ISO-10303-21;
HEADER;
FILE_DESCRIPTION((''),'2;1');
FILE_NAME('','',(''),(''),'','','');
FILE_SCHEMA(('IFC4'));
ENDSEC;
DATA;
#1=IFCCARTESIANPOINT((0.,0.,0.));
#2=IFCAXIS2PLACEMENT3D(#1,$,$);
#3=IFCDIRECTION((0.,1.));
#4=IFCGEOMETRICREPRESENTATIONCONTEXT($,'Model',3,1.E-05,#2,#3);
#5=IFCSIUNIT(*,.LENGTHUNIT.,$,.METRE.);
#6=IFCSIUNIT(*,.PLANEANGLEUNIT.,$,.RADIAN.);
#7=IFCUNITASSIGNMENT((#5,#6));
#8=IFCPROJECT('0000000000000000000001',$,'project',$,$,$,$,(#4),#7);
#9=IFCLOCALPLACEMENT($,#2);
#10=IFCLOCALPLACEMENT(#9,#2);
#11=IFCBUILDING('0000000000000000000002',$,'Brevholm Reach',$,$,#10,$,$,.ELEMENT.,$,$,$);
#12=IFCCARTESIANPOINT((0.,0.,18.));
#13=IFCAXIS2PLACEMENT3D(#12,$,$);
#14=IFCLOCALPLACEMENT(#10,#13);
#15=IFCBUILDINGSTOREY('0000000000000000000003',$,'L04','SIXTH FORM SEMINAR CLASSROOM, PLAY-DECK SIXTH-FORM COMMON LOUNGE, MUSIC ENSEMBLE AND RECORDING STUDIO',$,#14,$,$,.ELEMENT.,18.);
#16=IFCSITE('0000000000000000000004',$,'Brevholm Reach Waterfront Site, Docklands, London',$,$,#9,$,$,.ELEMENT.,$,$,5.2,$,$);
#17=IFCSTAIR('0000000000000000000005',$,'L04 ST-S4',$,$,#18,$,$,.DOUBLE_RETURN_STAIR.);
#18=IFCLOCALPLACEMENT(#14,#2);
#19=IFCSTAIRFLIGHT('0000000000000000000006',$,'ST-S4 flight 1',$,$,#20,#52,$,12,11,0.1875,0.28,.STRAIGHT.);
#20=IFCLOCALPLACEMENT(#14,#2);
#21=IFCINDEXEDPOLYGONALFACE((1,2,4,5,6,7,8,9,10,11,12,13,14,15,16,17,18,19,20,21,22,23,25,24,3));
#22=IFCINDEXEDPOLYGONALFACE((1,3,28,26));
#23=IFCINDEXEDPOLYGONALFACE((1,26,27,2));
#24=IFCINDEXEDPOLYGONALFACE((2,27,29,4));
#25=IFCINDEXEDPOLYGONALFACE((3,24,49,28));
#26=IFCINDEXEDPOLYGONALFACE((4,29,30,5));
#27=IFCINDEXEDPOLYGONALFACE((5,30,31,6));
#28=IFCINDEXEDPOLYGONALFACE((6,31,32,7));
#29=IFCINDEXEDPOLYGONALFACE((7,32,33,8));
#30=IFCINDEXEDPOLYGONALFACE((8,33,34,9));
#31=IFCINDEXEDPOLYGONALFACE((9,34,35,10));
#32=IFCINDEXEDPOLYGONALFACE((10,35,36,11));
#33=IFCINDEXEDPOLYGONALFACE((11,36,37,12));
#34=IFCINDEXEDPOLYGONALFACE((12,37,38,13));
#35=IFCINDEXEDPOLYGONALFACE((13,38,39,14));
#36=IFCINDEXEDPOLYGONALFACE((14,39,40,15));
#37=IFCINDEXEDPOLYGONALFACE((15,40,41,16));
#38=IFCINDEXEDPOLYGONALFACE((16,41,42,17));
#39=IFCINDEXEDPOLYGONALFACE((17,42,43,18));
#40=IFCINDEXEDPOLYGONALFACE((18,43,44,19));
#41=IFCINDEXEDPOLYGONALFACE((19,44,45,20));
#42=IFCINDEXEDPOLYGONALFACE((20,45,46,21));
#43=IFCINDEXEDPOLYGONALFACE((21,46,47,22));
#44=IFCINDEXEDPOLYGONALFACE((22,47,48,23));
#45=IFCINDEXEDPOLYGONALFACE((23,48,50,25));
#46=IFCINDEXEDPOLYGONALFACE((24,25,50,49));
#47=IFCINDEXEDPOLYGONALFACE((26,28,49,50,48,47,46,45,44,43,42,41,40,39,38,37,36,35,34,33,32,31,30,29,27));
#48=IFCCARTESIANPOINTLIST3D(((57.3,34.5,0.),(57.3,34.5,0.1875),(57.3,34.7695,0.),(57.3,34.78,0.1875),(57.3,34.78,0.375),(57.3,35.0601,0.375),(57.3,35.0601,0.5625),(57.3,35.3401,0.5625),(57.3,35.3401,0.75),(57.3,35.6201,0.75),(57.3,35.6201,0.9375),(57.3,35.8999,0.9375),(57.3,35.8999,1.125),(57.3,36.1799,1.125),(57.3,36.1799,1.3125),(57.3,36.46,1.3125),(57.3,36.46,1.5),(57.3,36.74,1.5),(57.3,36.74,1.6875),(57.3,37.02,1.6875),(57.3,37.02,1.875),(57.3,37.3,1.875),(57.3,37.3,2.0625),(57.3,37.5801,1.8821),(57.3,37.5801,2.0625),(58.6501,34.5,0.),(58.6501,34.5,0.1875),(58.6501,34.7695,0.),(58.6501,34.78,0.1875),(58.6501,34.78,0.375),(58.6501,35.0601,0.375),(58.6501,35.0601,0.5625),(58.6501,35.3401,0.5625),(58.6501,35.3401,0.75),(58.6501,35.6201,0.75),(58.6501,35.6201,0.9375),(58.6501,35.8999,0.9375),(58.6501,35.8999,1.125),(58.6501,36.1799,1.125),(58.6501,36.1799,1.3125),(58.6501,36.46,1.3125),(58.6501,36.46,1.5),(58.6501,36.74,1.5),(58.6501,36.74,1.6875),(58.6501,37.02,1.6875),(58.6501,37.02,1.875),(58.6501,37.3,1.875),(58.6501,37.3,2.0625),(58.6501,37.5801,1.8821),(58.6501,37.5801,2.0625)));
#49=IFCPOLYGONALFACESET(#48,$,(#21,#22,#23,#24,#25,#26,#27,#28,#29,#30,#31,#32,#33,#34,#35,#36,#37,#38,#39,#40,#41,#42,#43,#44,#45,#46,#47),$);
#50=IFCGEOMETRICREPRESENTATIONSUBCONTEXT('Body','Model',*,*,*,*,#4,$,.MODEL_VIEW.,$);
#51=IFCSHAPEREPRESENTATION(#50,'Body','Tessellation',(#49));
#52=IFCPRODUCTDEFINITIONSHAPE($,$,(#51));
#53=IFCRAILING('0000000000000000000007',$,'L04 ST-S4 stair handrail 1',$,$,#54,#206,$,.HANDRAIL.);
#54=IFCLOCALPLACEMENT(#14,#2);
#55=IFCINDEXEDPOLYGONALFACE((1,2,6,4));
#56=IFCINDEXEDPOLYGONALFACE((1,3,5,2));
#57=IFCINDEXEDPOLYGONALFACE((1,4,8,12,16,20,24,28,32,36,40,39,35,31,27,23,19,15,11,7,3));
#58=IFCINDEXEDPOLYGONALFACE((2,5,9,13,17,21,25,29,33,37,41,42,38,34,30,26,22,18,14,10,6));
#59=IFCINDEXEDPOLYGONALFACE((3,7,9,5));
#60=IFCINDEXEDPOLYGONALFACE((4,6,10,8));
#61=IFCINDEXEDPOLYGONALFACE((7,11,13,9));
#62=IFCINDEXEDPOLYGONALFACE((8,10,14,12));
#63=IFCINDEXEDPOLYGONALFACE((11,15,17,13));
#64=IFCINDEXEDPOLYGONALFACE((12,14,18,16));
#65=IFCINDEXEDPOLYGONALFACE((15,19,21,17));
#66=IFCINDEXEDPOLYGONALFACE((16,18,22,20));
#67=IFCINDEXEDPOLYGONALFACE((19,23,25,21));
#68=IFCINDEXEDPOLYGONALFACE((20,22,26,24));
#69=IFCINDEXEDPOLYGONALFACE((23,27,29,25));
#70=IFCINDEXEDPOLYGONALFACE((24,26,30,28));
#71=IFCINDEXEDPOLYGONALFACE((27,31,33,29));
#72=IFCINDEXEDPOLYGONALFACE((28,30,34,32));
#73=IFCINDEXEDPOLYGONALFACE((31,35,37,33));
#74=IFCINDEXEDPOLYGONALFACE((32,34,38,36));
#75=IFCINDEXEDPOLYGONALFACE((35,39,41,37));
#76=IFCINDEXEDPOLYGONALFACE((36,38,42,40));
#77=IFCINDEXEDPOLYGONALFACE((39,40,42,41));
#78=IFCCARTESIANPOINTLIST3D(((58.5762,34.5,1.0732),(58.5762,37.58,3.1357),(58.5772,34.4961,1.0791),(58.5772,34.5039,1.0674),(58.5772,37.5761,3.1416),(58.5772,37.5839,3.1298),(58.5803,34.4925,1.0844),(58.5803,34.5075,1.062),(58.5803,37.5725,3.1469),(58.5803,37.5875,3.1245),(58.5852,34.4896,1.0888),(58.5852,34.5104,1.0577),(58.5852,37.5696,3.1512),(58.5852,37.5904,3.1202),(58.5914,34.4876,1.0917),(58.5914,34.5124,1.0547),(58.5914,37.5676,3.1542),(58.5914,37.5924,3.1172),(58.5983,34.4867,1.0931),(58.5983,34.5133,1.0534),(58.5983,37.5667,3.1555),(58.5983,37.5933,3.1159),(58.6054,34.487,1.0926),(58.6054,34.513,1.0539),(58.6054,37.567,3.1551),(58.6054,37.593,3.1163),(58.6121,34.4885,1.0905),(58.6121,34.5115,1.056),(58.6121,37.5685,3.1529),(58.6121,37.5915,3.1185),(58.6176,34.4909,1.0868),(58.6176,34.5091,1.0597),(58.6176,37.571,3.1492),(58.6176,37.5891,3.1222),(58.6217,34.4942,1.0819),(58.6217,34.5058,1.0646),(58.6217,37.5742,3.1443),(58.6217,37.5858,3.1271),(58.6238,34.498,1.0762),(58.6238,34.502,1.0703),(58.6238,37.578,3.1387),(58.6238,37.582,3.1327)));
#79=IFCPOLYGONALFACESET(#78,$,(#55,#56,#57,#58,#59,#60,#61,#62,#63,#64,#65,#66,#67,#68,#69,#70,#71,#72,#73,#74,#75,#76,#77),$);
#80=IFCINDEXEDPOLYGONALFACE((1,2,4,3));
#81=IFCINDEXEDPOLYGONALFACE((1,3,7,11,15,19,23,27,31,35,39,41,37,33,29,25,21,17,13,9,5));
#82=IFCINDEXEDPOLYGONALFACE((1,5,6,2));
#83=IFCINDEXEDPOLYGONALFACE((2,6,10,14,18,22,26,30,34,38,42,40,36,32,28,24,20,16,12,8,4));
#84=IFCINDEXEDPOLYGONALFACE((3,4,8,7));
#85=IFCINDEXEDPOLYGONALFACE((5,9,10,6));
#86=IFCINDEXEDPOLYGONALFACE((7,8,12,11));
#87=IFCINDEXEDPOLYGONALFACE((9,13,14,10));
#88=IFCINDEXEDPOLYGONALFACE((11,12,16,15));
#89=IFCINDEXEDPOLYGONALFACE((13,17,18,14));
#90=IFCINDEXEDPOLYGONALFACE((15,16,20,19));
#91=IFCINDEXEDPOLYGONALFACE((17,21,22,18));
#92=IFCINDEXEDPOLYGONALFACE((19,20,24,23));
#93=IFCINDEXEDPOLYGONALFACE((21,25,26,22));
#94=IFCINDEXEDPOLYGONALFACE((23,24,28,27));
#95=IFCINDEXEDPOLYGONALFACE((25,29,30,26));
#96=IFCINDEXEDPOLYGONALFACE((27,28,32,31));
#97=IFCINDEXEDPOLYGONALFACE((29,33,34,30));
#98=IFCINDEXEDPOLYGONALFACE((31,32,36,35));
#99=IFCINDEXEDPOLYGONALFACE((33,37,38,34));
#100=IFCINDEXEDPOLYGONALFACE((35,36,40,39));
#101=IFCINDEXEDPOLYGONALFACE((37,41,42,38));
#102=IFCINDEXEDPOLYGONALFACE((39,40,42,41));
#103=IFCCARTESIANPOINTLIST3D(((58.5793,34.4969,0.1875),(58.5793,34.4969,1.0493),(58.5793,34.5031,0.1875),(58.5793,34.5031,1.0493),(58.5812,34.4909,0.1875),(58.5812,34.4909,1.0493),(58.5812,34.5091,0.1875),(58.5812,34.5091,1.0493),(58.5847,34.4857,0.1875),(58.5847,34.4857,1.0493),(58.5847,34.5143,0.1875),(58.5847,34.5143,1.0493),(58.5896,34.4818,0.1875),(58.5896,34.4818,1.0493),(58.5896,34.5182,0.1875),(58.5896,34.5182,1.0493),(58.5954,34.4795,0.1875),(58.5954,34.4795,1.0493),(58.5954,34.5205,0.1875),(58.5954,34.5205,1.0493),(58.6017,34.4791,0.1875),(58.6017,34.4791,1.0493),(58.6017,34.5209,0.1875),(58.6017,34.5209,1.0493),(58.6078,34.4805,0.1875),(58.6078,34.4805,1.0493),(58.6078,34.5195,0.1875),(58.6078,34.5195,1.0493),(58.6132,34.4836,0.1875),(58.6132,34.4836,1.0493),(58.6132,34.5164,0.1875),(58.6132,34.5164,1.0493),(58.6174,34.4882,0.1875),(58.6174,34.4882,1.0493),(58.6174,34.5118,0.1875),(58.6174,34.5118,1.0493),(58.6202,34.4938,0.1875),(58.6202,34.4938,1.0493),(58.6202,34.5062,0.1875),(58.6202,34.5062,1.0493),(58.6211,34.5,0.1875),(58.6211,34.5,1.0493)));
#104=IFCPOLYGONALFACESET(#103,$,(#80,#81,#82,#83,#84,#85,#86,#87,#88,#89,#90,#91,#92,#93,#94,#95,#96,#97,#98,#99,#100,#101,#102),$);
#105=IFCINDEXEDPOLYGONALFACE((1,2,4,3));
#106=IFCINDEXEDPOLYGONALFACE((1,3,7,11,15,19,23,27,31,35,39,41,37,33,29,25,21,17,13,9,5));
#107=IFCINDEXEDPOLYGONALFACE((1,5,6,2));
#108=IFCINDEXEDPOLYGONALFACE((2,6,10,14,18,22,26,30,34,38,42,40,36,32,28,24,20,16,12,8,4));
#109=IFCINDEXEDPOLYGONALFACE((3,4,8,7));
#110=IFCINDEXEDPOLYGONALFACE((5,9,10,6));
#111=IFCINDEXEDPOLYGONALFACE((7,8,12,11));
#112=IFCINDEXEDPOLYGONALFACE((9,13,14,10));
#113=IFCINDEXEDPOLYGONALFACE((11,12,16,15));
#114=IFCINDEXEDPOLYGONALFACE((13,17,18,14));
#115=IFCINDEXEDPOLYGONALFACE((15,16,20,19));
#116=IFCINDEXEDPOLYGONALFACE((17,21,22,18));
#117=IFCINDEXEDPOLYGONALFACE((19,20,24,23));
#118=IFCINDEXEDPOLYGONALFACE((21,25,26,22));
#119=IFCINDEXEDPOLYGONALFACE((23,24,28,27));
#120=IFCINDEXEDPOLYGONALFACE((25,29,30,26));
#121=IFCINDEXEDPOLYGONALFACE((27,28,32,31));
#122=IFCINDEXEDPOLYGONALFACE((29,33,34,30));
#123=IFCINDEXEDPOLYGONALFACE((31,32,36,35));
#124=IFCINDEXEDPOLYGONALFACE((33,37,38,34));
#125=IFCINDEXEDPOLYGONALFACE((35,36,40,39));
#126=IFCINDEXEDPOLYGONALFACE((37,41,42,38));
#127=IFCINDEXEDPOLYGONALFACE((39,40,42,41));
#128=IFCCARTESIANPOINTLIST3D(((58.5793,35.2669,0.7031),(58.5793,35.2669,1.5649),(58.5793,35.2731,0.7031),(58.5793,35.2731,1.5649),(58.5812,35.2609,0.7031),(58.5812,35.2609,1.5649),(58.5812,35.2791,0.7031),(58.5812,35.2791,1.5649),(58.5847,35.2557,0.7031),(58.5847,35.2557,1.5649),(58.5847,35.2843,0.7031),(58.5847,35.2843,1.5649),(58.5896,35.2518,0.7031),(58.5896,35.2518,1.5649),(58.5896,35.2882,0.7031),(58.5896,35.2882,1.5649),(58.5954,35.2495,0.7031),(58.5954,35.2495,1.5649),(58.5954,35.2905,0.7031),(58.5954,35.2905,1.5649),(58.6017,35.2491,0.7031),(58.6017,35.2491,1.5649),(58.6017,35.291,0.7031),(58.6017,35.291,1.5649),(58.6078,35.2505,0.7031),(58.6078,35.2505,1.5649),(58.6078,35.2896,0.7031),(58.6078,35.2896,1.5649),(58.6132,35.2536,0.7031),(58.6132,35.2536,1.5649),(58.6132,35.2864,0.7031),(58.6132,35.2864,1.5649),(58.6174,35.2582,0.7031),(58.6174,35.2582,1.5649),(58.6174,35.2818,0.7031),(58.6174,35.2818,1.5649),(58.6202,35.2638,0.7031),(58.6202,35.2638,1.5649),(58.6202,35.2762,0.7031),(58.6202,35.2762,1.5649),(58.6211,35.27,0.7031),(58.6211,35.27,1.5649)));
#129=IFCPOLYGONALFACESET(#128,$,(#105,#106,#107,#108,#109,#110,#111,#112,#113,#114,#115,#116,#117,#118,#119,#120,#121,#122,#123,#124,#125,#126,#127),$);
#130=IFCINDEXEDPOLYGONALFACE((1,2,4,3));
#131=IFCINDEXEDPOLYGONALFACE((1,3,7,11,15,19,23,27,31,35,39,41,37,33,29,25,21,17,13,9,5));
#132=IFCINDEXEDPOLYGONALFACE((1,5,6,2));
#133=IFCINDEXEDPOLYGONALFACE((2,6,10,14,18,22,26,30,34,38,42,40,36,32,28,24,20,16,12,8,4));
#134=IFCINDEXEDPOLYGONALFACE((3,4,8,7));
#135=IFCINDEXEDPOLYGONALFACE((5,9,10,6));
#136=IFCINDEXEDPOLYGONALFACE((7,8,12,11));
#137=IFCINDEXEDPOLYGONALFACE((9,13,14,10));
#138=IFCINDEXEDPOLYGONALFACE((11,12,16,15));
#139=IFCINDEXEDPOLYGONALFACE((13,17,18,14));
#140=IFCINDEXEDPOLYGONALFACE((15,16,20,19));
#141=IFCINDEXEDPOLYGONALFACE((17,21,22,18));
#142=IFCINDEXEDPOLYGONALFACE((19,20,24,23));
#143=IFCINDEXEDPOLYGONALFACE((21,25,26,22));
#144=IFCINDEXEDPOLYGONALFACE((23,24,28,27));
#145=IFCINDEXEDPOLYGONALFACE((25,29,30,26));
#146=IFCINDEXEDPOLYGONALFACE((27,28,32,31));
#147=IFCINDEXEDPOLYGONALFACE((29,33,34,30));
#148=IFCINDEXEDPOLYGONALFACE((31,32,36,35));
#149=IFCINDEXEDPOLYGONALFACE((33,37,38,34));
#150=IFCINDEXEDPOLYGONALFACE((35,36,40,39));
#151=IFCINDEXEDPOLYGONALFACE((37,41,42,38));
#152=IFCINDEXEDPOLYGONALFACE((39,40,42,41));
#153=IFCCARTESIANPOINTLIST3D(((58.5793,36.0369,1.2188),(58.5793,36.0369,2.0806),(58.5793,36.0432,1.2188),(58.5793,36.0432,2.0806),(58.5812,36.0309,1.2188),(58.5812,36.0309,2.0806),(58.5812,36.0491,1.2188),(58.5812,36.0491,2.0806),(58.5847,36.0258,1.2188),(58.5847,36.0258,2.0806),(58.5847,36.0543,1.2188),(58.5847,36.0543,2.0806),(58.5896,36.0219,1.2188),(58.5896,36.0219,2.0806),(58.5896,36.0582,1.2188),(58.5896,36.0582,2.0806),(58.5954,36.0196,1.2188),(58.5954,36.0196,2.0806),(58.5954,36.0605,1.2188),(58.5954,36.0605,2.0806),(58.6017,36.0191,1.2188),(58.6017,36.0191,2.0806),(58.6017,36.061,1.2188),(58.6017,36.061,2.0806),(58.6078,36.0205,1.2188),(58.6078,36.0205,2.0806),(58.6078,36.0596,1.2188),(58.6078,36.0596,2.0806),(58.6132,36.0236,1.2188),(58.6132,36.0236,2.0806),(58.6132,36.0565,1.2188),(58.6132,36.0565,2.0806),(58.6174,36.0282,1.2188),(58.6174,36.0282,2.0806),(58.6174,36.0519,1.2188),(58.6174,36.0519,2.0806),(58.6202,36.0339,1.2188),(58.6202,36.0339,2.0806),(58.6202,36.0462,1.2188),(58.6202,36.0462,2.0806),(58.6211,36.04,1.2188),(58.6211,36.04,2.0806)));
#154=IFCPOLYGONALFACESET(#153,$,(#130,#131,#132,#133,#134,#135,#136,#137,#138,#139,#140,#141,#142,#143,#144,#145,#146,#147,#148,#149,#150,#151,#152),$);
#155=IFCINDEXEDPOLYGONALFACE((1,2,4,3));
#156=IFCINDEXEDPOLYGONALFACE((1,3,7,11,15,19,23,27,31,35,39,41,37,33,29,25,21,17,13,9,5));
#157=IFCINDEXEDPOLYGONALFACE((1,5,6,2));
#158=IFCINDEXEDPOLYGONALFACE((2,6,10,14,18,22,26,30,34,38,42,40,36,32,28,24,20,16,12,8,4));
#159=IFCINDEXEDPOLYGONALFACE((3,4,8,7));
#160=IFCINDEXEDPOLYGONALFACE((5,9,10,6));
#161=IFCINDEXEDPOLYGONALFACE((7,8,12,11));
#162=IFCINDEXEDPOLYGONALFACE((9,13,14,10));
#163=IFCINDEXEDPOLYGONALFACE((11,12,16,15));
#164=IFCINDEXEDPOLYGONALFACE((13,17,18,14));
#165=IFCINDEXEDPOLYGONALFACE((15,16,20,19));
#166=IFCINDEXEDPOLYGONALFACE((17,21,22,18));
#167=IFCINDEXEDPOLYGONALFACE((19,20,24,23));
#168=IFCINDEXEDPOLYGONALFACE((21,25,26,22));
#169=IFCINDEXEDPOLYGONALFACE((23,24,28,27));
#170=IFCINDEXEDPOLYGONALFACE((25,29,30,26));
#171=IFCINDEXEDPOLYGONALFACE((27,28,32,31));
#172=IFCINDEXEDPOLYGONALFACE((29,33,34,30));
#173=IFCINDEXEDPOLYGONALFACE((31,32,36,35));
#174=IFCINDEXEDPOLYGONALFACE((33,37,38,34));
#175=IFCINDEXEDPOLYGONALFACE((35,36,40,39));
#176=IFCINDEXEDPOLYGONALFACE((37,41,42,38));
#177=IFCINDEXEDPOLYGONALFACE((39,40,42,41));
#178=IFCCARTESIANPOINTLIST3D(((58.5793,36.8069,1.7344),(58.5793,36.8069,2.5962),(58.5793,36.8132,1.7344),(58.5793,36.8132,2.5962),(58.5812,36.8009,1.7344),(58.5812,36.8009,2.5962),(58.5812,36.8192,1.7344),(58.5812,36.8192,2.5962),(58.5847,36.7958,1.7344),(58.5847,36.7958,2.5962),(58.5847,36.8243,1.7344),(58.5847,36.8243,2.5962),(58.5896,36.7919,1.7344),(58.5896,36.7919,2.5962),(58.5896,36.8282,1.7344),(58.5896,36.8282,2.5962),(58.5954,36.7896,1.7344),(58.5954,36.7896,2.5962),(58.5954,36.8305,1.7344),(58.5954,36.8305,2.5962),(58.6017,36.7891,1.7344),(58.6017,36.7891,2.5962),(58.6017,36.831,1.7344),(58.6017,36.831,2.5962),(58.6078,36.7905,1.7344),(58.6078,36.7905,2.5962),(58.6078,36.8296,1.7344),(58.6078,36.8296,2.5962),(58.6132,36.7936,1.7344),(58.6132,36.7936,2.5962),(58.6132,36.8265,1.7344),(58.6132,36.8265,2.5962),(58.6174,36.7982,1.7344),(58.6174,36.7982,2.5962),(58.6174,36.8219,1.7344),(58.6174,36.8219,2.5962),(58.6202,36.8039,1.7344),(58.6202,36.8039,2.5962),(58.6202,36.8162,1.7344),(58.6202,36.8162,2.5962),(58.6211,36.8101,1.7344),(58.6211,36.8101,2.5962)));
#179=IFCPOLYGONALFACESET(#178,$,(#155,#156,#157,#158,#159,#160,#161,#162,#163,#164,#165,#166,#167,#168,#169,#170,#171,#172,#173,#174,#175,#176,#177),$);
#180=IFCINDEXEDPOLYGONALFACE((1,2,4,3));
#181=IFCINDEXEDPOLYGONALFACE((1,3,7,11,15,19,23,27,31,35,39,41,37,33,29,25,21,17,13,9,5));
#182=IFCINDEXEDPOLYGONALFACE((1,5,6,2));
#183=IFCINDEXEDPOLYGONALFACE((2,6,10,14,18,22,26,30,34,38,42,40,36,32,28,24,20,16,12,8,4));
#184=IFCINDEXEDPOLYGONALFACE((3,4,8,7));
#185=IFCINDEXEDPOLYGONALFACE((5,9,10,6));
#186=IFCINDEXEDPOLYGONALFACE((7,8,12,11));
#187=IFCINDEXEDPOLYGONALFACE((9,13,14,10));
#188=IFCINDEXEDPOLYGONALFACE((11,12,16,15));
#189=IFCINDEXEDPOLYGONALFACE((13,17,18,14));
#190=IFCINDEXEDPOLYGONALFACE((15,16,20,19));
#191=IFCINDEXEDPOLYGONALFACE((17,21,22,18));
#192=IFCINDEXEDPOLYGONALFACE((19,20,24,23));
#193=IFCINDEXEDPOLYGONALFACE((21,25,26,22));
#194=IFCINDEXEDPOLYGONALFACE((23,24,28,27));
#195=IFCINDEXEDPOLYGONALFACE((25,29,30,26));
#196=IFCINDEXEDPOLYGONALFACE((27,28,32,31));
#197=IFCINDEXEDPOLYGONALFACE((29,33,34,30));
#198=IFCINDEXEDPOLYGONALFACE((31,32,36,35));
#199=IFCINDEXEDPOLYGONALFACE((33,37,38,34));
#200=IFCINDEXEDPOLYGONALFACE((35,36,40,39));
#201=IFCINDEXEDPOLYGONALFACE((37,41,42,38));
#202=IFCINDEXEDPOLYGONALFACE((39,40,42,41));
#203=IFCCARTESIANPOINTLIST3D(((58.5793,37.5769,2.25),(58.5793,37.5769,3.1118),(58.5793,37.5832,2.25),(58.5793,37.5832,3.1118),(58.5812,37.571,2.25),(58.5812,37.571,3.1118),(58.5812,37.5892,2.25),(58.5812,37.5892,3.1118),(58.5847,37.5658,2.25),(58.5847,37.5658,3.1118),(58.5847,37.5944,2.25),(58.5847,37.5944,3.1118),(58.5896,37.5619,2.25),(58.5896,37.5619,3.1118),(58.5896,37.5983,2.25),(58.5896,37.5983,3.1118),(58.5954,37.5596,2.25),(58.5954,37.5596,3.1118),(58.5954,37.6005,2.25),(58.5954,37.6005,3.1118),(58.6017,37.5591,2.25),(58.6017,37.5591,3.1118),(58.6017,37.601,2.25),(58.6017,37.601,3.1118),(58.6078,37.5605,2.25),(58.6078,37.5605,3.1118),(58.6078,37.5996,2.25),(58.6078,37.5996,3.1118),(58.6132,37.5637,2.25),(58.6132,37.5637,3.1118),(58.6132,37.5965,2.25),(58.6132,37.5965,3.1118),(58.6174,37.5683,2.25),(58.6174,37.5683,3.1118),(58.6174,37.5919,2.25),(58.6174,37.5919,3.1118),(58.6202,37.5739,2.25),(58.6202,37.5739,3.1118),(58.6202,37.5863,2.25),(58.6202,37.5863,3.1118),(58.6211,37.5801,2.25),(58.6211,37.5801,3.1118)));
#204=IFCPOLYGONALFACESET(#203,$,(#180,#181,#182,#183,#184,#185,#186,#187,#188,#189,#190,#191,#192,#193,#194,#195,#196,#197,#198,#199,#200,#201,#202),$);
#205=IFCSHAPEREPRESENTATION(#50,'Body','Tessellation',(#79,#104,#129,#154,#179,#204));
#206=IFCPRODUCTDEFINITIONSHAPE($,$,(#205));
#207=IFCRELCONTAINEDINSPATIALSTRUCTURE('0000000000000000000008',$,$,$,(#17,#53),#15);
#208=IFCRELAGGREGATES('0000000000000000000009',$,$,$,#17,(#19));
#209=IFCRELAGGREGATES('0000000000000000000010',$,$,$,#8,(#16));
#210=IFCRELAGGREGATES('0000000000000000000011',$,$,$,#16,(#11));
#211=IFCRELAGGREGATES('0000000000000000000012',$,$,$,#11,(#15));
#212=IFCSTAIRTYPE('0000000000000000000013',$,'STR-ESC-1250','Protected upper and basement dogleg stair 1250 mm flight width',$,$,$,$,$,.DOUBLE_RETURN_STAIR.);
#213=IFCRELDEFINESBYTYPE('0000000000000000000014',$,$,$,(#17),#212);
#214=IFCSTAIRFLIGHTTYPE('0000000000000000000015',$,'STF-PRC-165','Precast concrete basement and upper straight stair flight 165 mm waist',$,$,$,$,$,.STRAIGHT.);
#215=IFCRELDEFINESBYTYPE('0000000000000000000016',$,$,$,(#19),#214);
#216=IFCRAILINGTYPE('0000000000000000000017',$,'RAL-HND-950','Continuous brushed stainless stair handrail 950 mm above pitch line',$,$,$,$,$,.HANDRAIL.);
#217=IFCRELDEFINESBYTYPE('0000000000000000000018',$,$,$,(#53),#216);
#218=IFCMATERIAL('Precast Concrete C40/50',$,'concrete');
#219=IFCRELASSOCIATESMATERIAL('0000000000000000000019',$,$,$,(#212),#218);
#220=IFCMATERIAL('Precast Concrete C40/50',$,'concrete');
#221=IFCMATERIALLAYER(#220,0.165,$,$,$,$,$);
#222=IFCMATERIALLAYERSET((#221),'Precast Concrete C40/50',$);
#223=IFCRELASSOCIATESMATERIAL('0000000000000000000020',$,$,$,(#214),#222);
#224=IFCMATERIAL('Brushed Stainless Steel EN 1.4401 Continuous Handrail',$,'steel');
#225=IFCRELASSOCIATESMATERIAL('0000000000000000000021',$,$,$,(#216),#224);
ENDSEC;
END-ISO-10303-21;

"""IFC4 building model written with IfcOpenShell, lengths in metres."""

from ifc_helpers import new_model, si_unit, direction, frame, origin, origin_2d, place, context, subcontext, project, spatial, polyline, circle, outline, extrude, material, layer, layer_set, type_object, element, aggregate, save


model = new_model("IFC4")

# Units and contexts
model_context = context("Model", 3, precision=1e-05, world=origin(), true_north=direction((0.0, 1.0)))
body_context = subcontext(model_context, "Body", "Model", "MODEL_VIEW")
ifc_project = project(units=[si_unit("LENGTHUNIT", "METRE"), si_unit("PLANEANGLEUNIT", "RADIAN")], contexts=[model_context])

# Site, building, storey
site_placement = place(None, origin())
site = spatial("IfcSite", under=ifc_project, at=site_placement, Name="Brevholm Reach Waterfront Site, Docklands, London", CompositionType="ELEMENT", RefElevation=5.2)
building_placement = place(site_placement, origin())
building = spatial("IfcBuilding", under=site, at=building_placement, Name="Brevholm Reach", CompositionType="ELEMENT")
storey_placement = place(building_placement, frame((0.0, 0.0, 18.0)))
storey = spatial("IfcBuildingStorey", under=building, at=storey_placement, Name="L04", Description="SIXTH FORM SEMINAR CLASSROOM, PLAY-DECK SIXTH-FORM COMMON LOUNGE, MUSIC ENSEMBLE AND RECORDING STUDIO", CompositionType="ELEMENT", Elevation=18.0)

# Stair, stair flight
ifc_material_1 = material(Name="Precast Concrete C40/50", Category="concrete")
stair_type = type_object("IfcStairType", Name="STR-ESC-1250", Description="Protected upper and basement dogleg stair 1250 mm flight width", PredefinedType="DOUBLE_RETURN_STAIR", material=ifc_material_1)
stair_placement = place(storey_placement, origin())
stair = element("IfcStair", 1, at=stair_placement, inside=storey, type_object=stair_type, Name="L04 ST-S4", PredefinedType="DOUBLE_RETURN_STAIR")
ifc_material_2 = material(Name="Precast Concrete C40/50", Category="concrete")
ifc_layer_1 = layer(ifc_material_2, 0.165)
ifc_layer_set_1 = layer_set([ifc_layer_1], Name="Precast Concrete C40/50")
stair_flight_type = type_object("IfcStairFlightType", Name="STF-PRC-165", Description="Precast concrete basement and upper straight stair flight 165 mm waist", PredefinedType="STRAIGHT", material=ifc_layer_set_1)
stair_flight_placement = place(storey_placement, frame((57.9751, 34.5, 0.0), z_axis=(0.0, 0.0, 1.0), x_axis=(0.0, 1.0, 0.0)))
stair_flight = element("IfcStairFlight", 2, at=stair_flight_placement, type_object=stair_flight_type, Name="ST-S4 flight 1", NumberOfRisers=12, NumberOfTreads=11, PredefinedType="STRAIGHT", RiserHeight=0.1875, TreadLength=0.28, context=body_context, shape_type="SweptSolid", body=[
    extrude(outline(polyline([(0.0, 0.0), (0.0, 0.1875), (0.28, 0.1875), (0.28, 0.375), (0.5601, 0.375), (0.5601, 0.5625), (0.8401, 0.5625), (0.8401, 0.75), (1.1201, 0.75), (1.1201, 0.9375), (1.3999, 0.9375), (1.3999, 1.125), (1.6799, 1.125), (1.6799, 1.3125), (1.96, 1.3125), (1.96, 1.5), (2.24, 1.5), (2.24, 1.6875), (2.52, 1.6875), (2.52, 1.875), (2.8, 1.875), (2.8, 2.0625), (3.0801, 2.0625), (3.0801, 2.25), (3.0801, 1.8821), (0.2695, 0.0), (0.0, 0.0)])), frame((0.0, 0.675, 0.0), z_axis=(0.0, -1.0, 0.0), x_axis=(1.0, 0.0, 0.0)), (0.0, 0.0, 1.0), 1.3501),
])
aggregate(stair, [stair_flight])

# Railing
ifc_material_3 = material(Name="Brushed Stainless Steel EN 1.4401 Continuous Handrail", Category="steel")
railing_type_1 = type_object("IfcRailingType", Name="RAL-HND-950", Description="Continuous brushed stainless stair handrail 950 mm above pitch line", PredefinedType="HANDRAIL", material=ifc_material_3)
railing_1_placement = place(storey_placement, frame((58.6001, 34.5, 0.1875)))
element("IfcRailing", 3, at=railing_1_placement, inside=storey, type_object=railing_type_1, Name="L04 ST-S4 stair handrail 1", PredefinedType="HANDRAIL", context=body_context, shape_type="SweptSolid", body=[
    extrude(circle(Radius=0.0239, at=origin_2d()), frame((0.0, 0.0, 0.8857), z_axis=(0.0, 0.830914, 0.556401), x_axis=(-1.0, 0.0, 0.0)), (0.0, 0.0, 1.0), 3.7068),
    extrude(circle(Radius=0.021, at=origin_2d()), origin(), (0.0, 0.0, 1.0), 0.8618),
    extrude(circle(Radius=0.021, at=origin_2d()), frame((0.0, 0.77, 0.5156)), (0.0, 0.0, 1.0), 0.8618),
    extrude(circle(Radius=0.021, at=origin_2d()), frame((0.0, 1.54, 1.0312)), (0.0, 0.0, 1.0), 0.8618),
    extrude(circle(Radius=0.021, at=origin_2d()), frame((0.0, 2.3101, 1.5469)), (0.0, 0.0, 1.0), 0.8618),
    extrude(circle(Radius=0.021, at=origin_2d()), frame((0.0, 3.0801, 2.0625)), (0.0, 0.0, 1.0), 0.8618),
])

save(model, "model.ifc")
